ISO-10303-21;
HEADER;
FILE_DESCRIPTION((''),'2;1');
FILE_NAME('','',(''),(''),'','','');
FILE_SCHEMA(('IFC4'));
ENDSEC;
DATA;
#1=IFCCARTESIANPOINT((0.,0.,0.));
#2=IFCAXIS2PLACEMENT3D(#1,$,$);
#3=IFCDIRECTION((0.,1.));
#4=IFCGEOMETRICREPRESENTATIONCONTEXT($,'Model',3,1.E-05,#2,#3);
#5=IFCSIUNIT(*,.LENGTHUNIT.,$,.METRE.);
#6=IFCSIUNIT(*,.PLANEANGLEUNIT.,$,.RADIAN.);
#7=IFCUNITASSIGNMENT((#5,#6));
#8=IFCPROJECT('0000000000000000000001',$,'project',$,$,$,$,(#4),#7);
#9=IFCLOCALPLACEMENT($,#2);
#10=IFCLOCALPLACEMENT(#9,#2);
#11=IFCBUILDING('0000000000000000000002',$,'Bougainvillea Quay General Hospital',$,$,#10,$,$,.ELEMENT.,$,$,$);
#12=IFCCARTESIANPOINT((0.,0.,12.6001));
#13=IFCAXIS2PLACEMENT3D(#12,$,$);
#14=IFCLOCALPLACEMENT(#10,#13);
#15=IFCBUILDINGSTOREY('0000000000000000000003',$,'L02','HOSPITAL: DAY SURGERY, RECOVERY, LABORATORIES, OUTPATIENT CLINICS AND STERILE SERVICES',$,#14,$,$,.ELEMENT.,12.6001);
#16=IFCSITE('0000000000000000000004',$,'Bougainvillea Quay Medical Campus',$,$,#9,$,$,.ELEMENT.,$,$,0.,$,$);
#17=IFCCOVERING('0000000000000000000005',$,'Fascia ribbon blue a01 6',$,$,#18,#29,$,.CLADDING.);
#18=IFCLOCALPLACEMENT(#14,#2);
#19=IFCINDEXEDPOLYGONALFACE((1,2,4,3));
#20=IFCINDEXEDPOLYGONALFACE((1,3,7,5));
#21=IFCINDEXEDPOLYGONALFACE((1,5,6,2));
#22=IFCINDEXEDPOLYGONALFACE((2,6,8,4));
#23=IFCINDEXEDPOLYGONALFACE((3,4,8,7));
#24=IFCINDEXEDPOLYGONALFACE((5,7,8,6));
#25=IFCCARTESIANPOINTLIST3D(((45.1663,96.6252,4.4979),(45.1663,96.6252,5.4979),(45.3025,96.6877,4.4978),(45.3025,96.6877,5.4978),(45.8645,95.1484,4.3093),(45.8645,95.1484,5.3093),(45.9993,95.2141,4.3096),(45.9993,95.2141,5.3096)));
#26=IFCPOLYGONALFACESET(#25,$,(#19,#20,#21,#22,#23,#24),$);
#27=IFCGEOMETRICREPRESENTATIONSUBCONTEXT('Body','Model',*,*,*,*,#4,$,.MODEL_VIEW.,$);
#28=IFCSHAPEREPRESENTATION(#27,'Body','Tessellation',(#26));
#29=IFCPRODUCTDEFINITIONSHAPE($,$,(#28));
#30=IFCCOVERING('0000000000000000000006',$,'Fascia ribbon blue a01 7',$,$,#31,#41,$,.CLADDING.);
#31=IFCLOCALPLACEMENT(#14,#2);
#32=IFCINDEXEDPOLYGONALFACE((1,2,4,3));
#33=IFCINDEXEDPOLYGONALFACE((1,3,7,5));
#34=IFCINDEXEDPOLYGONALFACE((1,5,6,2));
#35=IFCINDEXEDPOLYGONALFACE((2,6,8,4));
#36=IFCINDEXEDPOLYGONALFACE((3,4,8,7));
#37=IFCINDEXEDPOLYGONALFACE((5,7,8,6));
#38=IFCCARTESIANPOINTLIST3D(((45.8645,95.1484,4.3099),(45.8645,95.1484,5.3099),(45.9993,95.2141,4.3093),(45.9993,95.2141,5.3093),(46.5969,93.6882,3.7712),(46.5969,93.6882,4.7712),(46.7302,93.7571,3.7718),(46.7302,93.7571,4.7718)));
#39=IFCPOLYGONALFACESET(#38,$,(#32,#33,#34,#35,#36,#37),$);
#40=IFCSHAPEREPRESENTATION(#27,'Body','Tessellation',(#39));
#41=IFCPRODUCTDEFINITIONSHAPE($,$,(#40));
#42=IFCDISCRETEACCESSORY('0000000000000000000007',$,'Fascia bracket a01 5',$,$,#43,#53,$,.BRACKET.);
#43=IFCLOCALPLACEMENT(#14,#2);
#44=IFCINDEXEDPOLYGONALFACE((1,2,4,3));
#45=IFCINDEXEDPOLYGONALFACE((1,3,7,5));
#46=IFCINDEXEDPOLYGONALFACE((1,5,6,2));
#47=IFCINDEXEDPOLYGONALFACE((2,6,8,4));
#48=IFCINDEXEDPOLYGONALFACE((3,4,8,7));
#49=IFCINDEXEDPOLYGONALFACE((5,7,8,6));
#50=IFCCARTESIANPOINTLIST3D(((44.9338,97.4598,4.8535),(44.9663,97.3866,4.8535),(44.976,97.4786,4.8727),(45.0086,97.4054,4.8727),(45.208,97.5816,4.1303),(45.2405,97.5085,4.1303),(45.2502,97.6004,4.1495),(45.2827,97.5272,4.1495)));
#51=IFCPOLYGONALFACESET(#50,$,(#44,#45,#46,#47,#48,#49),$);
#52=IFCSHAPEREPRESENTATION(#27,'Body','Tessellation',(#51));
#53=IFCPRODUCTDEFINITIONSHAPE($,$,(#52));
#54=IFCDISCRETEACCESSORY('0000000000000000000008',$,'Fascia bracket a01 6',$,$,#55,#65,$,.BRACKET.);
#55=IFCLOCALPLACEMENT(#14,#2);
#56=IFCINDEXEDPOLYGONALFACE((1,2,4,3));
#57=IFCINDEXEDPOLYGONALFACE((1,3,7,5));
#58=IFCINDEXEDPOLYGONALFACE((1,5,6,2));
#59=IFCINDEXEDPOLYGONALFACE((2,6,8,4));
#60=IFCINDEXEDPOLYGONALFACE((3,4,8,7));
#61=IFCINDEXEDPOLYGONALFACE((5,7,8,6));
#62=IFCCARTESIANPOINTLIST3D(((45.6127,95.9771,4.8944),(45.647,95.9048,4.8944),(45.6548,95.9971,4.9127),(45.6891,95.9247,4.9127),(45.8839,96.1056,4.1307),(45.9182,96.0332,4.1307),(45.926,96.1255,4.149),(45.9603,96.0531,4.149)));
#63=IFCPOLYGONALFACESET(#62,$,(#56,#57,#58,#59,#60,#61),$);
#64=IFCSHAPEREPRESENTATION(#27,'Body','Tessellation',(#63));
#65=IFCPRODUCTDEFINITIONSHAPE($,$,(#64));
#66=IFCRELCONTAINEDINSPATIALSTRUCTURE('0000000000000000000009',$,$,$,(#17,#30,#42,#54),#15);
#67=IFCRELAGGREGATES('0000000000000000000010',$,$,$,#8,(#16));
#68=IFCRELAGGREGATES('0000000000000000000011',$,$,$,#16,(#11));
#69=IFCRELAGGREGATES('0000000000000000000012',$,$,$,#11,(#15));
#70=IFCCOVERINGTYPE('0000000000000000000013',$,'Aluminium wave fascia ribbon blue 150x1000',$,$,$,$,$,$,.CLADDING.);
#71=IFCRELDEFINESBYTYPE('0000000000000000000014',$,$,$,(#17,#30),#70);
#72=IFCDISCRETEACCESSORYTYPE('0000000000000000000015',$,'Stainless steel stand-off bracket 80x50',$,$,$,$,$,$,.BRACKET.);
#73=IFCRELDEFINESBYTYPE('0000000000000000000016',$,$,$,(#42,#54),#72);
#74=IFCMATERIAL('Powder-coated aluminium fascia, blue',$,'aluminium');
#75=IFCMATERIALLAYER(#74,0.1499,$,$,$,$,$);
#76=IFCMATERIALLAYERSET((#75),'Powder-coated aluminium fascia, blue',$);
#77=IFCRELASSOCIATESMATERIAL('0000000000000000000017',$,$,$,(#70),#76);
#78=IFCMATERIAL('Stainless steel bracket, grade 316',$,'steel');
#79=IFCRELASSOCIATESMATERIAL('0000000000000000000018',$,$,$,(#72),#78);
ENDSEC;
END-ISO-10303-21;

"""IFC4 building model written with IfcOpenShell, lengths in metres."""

from ifc_helpers import new_model, si_unit, direction, frame, origin, origin_2d, place, context, subcontext, project, spatial, polyline, rectangle, outline, extrude, material, layer, layer_set, material_profile, profile_set, type_object, element, save


model = new_model("IFC4")

# Units and contexts
model_context = context("Model", 3, precision=1e-05, world=origin(), true_north=direction((0.0, 1.0)))
body_context = subcontext(model_context, "Body", "Model", "MODEL_VIEW")
ifc_project = project(units=[si_unit("LENGTHUNIT", "METRE"), si_unit("PLANEANGLEUNIT", "RADIAN")], contexts=[model_context])

# Site, building, storey
site_placement = place(None, origin())
site = spatial("IfcSite", under=ifc_project, at=site_placement, Name="Bougainvillea Quay Medical Campus", CompositionType="ELEMENT", RefElevation=0.0)
building_placement = place(site_placement, origin())
building = spatial("IfcBuilding", under=site, at=building_placement, Name="Bougainvillea Quay General Hospital", CompositionType="ELEMENT")
storey_placement = place(building_placement, frame((0.0, 0.0, 12.6001)))
storey = spatial("IfcBuildingStorey", under=building, at=storey_placement, Name="L02", Description="HOSPITAL: DAY SURGERY, RECOVERY, LABORATORIES, OUTPATIENT CLINICS AND STERILE SERVICES", CompositionType="ELEMENT", Elevation=12.6001)

# Coverings
ifc_material_1 = material(Name="Powder-coated aluminium fascia, blue", Category="aluminium")
ifc_layer_1 = layer(ifc_material_1, 0.1499)
ifc_layer_set_1 = layer_set([ifc_layer_1], Name="Powder-coated aluminium fascia, blue")
covering_type = type_object("IfcCoveringType", Name="Aluminium wave fascia ribbon blue 150x1000", PredefinedType="CLADDING", material=ifc_layer_set_1)
covering_1_placement = place(storey_placement, frame((45.3025, 96.6877, 4.4978), z_axis=(0.048295, -0.104002, 0.993404), x_axis=(0.424636, -0.898074, -0.114666)))
element("IfcCovering", 1, at=covering_1_placement, inside=storey, type_object=covering_type, Name="Fascia ribbon blue a01 6", PredefinedType="CLADDING", context=body_context, shape_type="SweptSolid", body=[
    extrude(outline(polyline([(0.0, 0.0), (1.6409, 0.0), (1.6427, -0.1499), (-0.0017, -0.1499), (0.0, 0.0)])), origin(), (-0.114666, 0.00079, 0.993404), 1.0),
])
covering_2_placement = place(storey_placement, frame((45.9993, 95.2141, 4.3093), z_axis=(0.140455, -0.27989, 0.949702), x_axis=(0.425857, -0.84887, -0.313155)))
element("IfcCovering", 2, at=covering_2_placement, inside=storey, type_object=covering_type, Name="Fascia ribbon blue a01 7", PredefinedType="CLADDING", context=body_context, shape_type="SweptSolid", body=[
    extrude(outline(polyline([(0.0, 0.0), (1.7165, 0.0), (1.7183, -0.15), (-0.0018, -0.1499), (0.0, 0.0)])), origin(), (-0.313155, -0.000035, 0.949702), 1.0),
])

# Discrete accessories
ifc_material_2 = material(Name="Stainless steel bracket, grade 316", Category="steel")
ifc_material_profile_1 = material_profile(ifc_material_2, rectangle(XDim=0.0801, YDim=0.05, at=origin_2d()))
ifc_profile_set_1 = profile_set([ifc_material_profile_1], Name="Stainless steel bracket, grade 316")
discrete_accessory_type = type_object("IfcDiscreteAccessoryType", Name="Stainless steel stand-off bracket 80x50", PredefinedType="BRACKET", material=ifc_profile_set_1)
discrete_accessory_1_placement = place(storey_placement, frame((45.2454, 97.5544, 4.1399), z_axis=(-0.350193, -0.155607, 0.923662), x_axis=(0.406063, -0.913845, 0.0)))
element("IfcDiscreteAccessory", 3, at=discrete_accessory_1_placement, inside=storey, type_object=discrete_accessory_type, Name="Fascia bracket a01 5", PredefinedType="BRACKET", context=body_context, shape_type="SweptSolid", body=[
    extrude(rectangle(XDim=0.0801, YDim=0.05, at=origin_2d()), origin(), (0.0, 0.0, 1.0), 0.783),
])
discrete_accessory_2_placement = place(storey_placement, frame((45.9221, 96.0793, 4.1399), z_axis=(-0.33057, -0.156508, 0.930714), x_axis=(0.427911, -0.903821, 0.0)))
element("IfcDiscreteAccessory", 4, at=discrete_accessory_2_placement, inside=storey, type_object=discrete_accessory_type, Name="Fascia bracket a01 6", PredefinedType="BRACKET", context=body_context, shape_type="SweptSolid", body=[
    extrude(rectangle(XDim=0.0801, YDim=0.05, at=origin_2d()), origin(), (0.0, 0.0, 1.0), 0.8206),
])

save(model, "model.ifc")
